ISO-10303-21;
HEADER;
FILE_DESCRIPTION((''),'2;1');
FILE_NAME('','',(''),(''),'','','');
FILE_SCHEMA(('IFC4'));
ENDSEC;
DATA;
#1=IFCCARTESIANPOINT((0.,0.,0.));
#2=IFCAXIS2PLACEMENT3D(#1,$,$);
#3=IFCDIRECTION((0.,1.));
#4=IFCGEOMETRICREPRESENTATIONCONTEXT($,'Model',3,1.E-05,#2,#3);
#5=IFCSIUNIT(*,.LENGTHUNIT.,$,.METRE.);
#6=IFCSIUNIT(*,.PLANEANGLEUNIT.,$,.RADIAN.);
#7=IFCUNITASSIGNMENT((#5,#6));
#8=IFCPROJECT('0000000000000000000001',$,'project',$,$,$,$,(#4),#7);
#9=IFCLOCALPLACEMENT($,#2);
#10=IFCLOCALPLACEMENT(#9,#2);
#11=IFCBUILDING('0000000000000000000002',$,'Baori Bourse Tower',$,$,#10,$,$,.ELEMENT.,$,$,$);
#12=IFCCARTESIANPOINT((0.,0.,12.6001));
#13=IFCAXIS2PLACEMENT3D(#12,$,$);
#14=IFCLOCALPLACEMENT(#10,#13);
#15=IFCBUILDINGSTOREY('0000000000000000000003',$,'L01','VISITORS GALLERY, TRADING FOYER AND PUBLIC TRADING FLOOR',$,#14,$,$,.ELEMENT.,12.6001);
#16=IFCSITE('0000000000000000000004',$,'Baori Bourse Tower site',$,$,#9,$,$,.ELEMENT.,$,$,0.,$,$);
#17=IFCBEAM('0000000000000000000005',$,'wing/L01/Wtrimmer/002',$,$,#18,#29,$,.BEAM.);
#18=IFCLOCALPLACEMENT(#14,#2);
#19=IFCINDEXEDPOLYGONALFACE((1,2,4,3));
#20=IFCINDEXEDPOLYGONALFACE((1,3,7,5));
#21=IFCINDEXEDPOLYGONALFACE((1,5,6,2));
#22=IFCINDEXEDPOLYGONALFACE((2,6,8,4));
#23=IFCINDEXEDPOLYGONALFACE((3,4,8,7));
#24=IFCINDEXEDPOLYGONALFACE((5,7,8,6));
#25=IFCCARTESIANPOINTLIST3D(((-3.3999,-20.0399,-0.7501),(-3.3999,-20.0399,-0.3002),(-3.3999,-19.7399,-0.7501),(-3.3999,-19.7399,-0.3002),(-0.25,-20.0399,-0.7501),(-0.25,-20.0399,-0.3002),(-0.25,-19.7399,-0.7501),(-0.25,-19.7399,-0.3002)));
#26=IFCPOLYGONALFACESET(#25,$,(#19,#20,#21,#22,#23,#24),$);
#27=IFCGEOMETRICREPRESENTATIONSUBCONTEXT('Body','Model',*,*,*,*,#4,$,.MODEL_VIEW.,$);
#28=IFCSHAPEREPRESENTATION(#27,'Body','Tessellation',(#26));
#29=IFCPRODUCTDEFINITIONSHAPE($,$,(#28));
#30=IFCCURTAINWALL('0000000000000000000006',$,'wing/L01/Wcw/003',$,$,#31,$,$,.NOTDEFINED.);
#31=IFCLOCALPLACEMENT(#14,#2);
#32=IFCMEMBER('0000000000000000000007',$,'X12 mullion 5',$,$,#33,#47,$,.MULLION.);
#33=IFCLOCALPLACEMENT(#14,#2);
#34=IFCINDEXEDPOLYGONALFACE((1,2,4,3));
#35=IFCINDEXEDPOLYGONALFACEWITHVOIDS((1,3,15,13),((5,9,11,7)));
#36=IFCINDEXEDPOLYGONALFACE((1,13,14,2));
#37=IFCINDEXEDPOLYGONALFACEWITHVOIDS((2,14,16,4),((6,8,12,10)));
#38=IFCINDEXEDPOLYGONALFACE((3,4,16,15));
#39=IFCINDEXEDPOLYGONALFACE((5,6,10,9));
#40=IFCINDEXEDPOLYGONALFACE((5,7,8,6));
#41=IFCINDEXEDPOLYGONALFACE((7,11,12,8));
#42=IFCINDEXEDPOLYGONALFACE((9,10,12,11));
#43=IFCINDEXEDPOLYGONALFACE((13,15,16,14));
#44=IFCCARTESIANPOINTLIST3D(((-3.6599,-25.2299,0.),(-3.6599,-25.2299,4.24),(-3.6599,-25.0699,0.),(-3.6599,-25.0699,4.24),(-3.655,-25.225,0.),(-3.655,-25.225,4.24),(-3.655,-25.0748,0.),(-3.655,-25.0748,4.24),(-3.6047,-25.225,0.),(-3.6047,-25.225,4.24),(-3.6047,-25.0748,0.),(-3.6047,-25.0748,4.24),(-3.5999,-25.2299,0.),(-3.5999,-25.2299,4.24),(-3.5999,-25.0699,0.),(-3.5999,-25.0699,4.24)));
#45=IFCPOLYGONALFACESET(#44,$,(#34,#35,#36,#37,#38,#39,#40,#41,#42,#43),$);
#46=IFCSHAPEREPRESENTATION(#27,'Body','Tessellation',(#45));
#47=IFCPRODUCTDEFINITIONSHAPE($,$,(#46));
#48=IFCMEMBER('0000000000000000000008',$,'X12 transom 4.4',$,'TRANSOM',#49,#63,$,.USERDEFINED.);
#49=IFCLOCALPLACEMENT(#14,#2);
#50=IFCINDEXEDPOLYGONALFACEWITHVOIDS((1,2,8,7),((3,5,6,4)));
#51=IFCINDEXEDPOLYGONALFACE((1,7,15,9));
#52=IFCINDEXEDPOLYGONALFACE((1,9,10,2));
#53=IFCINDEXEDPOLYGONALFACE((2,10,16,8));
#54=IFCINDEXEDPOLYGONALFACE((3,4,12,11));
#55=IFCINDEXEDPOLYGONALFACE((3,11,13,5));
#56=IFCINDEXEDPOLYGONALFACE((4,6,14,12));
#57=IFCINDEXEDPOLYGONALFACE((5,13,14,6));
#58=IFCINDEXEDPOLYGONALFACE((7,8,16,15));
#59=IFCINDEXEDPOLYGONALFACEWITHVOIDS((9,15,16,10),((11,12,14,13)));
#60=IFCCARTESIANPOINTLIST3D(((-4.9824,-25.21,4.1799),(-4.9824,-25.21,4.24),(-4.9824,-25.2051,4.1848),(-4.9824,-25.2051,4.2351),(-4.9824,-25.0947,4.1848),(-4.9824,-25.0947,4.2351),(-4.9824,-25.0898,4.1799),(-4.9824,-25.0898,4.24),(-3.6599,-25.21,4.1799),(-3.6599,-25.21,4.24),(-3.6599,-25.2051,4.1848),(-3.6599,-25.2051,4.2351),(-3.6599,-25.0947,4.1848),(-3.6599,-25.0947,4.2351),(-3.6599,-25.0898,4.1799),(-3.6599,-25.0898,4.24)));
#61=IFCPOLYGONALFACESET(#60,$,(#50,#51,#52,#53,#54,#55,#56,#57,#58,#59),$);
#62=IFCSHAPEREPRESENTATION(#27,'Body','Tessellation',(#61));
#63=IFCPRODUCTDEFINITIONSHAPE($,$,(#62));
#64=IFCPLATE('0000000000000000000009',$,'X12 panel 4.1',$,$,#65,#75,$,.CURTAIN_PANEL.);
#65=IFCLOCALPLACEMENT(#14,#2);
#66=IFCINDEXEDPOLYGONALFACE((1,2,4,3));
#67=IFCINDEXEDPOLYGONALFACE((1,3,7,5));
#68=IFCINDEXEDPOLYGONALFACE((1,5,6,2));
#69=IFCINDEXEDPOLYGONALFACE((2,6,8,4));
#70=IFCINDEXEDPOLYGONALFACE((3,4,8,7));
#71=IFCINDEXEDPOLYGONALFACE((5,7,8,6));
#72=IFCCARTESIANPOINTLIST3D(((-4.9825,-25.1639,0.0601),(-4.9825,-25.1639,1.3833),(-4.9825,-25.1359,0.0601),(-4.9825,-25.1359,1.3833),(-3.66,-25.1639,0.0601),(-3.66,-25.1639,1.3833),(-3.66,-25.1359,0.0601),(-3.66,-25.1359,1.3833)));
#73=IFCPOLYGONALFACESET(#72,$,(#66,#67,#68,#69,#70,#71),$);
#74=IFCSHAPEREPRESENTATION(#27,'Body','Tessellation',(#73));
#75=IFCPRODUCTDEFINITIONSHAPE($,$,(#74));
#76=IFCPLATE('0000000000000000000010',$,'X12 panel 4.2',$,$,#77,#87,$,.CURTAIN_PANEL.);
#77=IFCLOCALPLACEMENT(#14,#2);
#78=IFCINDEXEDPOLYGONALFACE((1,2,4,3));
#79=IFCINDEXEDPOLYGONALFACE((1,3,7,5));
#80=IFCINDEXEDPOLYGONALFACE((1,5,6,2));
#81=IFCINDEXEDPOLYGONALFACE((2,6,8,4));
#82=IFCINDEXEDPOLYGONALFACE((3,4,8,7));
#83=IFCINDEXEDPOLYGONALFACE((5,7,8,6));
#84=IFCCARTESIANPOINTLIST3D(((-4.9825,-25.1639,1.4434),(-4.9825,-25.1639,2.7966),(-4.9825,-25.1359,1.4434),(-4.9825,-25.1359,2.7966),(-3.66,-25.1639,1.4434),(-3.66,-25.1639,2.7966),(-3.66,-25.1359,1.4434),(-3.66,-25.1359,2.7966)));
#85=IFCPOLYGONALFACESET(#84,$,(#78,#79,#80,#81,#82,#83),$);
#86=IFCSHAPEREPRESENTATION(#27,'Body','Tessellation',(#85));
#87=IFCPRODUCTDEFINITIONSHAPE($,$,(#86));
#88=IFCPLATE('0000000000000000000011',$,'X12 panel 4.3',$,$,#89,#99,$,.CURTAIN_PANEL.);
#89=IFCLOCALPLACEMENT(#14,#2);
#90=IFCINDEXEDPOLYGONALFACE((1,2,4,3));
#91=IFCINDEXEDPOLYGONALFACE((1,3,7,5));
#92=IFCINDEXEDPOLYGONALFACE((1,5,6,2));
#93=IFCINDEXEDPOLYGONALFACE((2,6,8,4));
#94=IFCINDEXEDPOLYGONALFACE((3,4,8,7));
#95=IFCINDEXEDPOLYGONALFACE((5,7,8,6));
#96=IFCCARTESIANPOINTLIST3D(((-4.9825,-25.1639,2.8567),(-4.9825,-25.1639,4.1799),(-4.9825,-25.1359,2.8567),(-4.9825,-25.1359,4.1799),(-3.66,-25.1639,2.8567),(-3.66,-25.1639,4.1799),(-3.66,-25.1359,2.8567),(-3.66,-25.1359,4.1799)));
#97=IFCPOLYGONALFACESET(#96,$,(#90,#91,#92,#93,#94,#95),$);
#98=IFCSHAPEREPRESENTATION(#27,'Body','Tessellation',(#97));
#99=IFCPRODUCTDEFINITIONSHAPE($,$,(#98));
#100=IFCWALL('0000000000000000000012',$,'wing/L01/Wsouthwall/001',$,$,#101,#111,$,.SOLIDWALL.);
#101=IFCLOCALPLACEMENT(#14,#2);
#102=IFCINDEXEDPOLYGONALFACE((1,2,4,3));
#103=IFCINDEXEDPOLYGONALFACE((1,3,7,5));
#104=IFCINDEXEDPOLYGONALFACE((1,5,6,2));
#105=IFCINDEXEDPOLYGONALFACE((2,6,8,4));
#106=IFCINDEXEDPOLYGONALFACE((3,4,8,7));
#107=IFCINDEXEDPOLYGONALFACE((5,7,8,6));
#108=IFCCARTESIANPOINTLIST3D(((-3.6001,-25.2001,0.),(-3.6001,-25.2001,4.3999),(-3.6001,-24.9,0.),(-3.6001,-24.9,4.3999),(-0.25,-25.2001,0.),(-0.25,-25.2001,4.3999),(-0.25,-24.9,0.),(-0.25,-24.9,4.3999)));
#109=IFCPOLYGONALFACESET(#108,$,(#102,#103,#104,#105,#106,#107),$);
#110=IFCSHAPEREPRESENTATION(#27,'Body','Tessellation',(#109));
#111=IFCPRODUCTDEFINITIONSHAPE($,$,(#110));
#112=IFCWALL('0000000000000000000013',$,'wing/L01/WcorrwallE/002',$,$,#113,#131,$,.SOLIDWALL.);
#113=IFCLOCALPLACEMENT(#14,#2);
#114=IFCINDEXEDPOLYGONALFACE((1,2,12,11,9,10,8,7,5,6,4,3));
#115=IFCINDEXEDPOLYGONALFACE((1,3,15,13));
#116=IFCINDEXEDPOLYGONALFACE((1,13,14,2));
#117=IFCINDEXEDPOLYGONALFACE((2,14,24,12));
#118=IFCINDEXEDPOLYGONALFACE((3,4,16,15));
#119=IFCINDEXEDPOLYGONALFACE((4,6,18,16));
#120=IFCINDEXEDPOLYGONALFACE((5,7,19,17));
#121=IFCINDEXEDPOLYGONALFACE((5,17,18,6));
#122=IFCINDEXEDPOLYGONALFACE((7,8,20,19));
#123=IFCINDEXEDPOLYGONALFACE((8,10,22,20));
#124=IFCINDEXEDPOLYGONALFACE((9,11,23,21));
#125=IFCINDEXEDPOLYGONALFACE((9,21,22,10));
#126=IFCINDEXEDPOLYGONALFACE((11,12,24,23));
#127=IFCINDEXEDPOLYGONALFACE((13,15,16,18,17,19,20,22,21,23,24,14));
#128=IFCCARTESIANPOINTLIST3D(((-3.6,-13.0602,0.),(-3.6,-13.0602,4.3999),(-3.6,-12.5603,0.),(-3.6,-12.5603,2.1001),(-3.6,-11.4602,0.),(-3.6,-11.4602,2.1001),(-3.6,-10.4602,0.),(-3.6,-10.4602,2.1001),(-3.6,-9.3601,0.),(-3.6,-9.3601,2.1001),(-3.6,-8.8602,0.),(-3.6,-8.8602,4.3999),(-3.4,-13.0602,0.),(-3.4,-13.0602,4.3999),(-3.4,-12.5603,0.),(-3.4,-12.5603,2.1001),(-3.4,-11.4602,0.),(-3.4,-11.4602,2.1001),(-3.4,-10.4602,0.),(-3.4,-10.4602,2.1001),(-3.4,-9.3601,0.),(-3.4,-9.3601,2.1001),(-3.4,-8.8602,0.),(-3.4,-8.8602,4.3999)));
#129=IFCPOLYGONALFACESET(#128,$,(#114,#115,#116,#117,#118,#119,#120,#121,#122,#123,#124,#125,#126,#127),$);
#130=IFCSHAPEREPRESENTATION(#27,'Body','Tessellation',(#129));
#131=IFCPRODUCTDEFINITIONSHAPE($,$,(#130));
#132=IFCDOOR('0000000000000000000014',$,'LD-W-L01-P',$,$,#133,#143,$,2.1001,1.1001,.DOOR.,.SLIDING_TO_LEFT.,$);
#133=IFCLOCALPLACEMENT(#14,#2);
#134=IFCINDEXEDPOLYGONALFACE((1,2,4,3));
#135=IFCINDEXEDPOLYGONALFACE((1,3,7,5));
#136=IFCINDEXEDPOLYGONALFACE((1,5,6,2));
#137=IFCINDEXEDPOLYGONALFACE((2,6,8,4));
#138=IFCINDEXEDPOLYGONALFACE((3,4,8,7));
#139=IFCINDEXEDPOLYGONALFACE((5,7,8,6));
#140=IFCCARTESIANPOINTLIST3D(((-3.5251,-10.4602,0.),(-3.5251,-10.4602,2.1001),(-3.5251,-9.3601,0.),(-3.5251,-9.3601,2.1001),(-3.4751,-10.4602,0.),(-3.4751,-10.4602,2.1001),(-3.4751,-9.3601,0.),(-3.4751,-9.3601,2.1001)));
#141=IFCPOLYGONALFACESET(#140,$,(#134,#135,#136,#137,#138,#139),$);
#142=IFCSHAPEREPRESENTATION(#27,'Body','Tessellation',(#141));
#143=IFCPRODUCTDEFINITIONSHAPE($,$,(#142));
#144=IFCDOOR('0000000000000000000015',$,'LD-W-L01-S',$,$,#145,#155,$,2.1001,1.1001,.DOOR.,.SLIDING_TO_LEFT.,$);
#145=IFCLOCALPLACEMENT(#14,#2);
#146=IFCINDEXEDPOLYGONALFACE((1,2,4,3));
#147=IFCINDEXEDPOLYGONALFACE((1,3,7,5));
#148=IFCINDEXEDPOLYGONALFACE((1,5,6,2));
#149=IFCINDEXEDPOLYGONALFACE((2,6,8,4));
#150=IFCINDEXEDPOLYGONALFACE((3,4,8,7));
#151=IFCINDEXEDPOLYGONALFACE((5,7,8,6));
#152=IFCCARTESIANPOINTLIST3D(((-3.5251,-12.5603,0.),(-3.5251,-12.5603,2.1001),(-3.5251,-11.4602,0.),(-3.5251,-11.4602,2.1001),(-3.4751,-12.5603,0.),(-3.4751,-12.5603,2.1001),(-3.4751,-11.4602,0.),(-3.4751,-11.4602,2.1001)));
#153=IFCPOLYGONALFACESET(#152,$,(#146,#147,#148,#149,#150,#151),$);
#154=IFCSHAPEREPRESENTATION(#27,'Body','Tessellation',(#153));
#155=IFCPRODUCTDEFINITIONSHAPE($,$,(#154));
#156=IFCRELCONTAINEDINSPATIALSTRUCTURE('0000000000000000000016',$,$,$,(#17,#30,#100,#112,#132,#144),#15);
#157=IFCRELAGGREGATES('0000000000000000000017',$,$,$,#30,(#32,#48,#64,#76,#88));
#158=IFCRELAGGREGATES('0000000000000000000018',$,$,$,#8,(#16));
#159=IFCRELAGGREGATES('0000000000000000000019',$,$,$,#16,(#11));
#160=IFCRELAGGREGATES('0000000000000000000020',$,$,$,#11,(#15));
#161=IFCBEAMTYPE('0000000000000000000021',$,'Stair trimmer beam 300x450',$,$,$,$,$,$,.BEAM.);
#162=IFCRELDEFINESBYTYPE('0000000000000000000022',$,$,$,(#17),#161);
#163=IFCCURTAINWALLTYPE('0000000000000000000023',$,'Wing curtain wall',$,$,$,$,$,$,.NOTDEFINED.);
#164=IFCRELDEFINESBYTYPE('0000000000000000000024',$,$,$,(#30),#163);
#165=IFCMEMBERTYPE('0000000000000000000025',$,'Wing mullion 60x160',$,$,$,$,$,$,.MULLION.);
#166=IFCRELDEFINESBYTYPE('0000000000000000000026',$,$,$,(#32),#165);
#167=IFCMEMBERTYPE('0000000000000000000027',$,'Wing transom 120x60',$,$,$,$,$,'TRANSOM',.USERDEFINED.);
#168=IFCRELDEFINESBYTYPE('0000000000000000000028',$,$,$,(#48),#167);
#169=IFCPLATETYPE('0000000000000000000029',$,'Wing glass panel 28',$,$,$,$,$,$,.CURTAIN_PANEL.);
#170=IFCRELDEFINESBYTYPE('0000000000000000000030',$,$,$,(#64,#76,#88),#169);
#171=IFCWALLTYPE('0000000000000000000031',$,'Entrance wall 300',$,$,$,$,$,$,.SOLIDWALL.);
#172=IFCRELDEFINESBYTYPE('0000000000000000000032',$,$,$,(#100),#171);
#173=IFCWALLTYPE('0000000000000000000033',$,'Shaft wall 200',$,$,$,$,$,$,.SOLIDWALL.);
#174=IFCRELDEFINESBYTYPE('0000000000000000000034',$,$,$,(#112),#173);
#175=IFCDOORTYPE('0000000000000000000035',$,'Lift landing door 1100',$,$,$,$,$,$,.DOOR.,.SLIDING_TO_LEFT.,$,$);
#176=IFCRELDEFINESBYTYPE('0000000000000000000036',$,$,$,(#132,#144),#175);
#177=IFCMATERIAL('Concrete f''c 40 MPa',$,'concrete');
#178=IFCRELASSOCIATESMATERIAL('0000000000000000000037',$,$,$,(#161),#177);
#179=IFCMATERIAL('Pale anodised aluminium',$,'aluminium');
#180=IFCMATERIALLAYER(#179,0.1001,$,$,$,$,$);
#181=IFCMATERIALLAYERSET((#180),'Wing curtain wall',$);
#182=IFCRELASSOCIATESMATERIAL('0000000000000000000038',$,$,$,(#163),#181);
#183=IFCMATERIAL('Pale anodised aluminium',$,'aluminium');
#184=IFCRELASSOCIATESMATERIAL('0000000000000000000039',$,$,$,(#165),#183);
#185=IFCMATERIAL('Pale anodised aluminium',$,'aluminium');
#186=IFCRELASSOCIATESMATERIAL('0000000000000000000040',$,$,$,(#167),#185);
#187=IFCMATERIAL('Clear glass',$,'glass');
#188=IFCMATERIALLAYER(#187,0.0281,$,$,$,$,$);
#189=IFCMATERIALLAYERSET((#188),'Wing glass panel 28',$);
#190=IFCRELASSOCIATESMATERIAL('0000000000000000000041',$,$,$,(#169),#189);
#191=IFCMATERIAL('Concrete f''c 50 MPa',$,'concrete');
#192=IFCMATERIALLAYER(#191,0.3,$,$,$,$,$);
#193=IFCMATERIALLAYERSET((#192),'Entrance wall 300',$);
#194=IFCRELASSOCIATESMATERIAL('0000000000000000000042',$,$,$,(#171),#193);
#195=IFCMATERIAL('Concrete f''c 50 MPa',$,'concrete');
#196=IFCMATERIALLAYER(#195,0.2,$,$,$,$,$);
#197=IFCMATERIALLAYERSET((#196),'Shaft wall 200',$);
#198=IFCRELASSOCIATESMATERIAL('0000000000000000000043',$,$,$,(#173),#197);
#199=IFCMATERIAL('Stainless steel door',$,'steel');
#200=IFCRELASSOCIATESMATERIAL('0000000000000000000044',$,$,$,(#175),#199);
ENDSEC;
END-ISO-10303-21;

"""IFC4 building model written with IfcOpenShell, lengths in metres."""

from ifc_helpers import new_model, si_unit, direction, frame, frame_2d, origin, origin_2d, place, context, subcontext, project, spatial, rectangle, hollow_rectangle, extrude, material, layer, layer_set, material_profile, profile_set, type_object, element, fill, aggregate, save


model = new_model("IFC4")

# Units and contexts
model_context = context("Model", 3, precision=1e-05, world=origin(), true_north=direction((0.0, 1.0)))
body_context = subcontext(model_context, "Body", "Model", "MODEL_VIEW")
ifc_project = project(units=[si_unit("LENGTHUNIT", "METRE"), si_unit("PLANEANGLEUNIT", "RADIAN")], contexts=[model_context])

# Site, building, storey
site_placement = place(None, origin())
site = spatial("IfcSite", under=ifc_project, at=site_placement, Name="Baori Bourse Tower site", CompositionType="ELEMENT", RefElevation=0.0)
building_placement = place(site_placement, origin())
building = spatial("IfcBuilding", under=site, at=building_placement, Name="Baori Bourse Tower", CompositionType="ELEMENT")
storey_placement = place(building_placement, frame((0.0, 0.0, 12.6001)))
storey = spatial("IfcBuildingStorey", under=building, at=storey_placement, Name="L01", Description="VISITORS GALLERY, TRADING FOYER AND PUBLIC TRADING FLOOR", CompositionType="ELEMENT", Elevation=12.6001)

# Beam
ifc_material_1 = material(Name="Concrete f'c 40 MPa", Category="concrete")
ifc_material_profile_1 = material_profile(ifc_material_1, rectangle(XDim=0.3, YDim=0.45, at=origin_2d()), Name="Stair trimmer beam 300x450")
ifc_profile_set_1 = profile_set([ifc_material_profile_1], Name="Concrete f'c 40 MPa")
beam_type = type_object("IfcBeamType", Name="Stair trimmer beam 300x450", PredefinedType="BEAM", material=ifc_profile_set_1)
beam_placement = place(storey_placement, frame((-3.3999, -19.8899, -0.5251), z_axis=(1.0, 0.0, 0.0), x_axis=(0.0, 1.0, 0.0)))
element("IfcBeam", 1, at=beam_placement, inside=storey, type_object=beam_type, Name="wing/L01/Wtrimmer/002", PredefinedType="BEAM", context=body_context, shape_type="SweptSolid", body=[
    extrude(rectangle(XDim=0.3, YDim=0.45, at=origin_2d()), origin(), (0.0, 0.0, 1.0), 3.1499),
])

# Curtain wall, members, plates
ifc_material_2 = material(Name="Pale anodised aluminium", Category="aluminium")
ifc_layer_1 = layer(ifc_material_2, 0.1001)
ifc_layer_set_1 = layer_set([ifc_layer_1], Name="Wing curtain wall")
curtain_wall_type = type_object("IfcCurtainWallType", Name="Wing curtain wall", PredefinedType="NOTDEFINED", material=ifc_layer_set_1)
curtain_wall_placement = place(storey_placement, origin())
curtain_wall = element("IfcCurtainWall", 2, at=curtain_wall_placement, inside=storey, type_object=curtain_wall_type, Name="wing/L01/Wcw/003", PredefinedType="NOTDEFINED")
ifc_material_3 = material(Name="Pale anodised aluminium", Category="aluminium")
ifc_material_profile_2 = material_profile(ifc_material_3, hollow_rectangle(XDim=0.1599, YDim=0.0601, WallThickness=0.0049, at=origin_2d()), Name="Mullion 160x60x5")
ifc_profile_set_2 = profile_set([ifc_material_profile_2], Name="Pale anodised aluminium")
member_type_1 = type_object("IfcMemberType", Name="Wing mullion 60x160", PredefinedType="MULLION", material=ifc_profile_set_2)
member_1_placement = place(storey_placement, frame((-3.6299, -25.1499, 0.0), z_axis=(0.0, 0.0, 1.0), x_axis=(0.0, 1.0, 0.0)))
member_1 = element("IfcMember", 3, at=member_1_placement, type_object=member_type_1, Name="X12 mullion 5", PredefinedType="MULLION", context=body_context, shape_type="SweptSolid", body=[
    extrude(hollow_rectangle(XDim=0.1599, YDim=0.0601, WallThickness=0.0049, at=origin_2d()), origin(), (0.0, 0.0, 1.0), 4.24),
])
ifc_material_4 = material(Name="Pale anodised aluminium", Category="aluminium")
ifc_material_profile_3 = material_profile(ifc_material_4, hollow_rectangle(XDim=0.1201, YDim=0.0601, WallThickness=0.0049, at=origin_2d()), Name="Transom 120x60x5")
ifc_profile_set_3 = profile_set([ifc_material_profile_3], Name="Pale anodised aluminium")
member_type_2 = type_object("IfcMemberType", Name="Wing transom 120x60", ElementType="TRANSOM", PredefinedType="USERDEFINED", material=ifc_profile_set_3)
member_2_placement = place(storey_placement, frame((-4.9824, -25.1499, 4.21), z_axis=(1.0, 0.0, 0.0), x_axis=(0.0, 1.0, 0.0)))
member_2 = element("IfcMember", 4, at=member_2_placement, type_object=member_type_2, Name="X12 transom 4.4", ObjectType="TRANSOM", PredefinedType="USERDEFINED", context=body_context, shape_type="SweptSolid", body=[
    extrude(hollow_rectangle(XDim=0.1201, YDim=0.0601, WallThickness=0.0049, at=origin_2d()), origin(), (0.0, 0.0, 1.0), 1.3225),
])
ifc_material_5 = material(Name="Clear glass", Category="glass")
ifc_layer_2 = layer(ifc_material_5, 0.0281)
ifc_layer_set_2 = layer_set([ifc_layer_2], Name="Wing glass panel 28")
plate_type = type_object("IfcPlateType", Name="Wing glass panel 28", PredefinedType="CURTAIN_PANEL", material=ifc_layer_set_2)
plate_1_placement = place(storey_placement, frame((-4.3213, -25.1499, 0.0601), z_axis=(0.0, 0.0, 1.0), x_axis=(1.0, 0.0, 0.0)))
plate_1 = element("IfcPlate", 5, at=plate_1_placement, type_object=plate_type, Name="X12 panel 4.1", PredefinedType="CURTAIN_PANEL", context=body_context, shape_type="SweptSolid", body=[
    extrude(rectangle(XDim=1.3225, YDim=0.0281, at=origin_2d()), origin(), (0.0, 0.0, 1.0), 1.3232),
])
plate_2_placement = place(storey_placement, frame((-4.3213, -25.1499, 1.4434), z_axis=(0.0, 0.0, 1.0), x_axis=(1.0, 0.0, 0.0)))
plate_2 = element("IfcPlate", 6, at=plate_2_placement, type_object=plate_type, Name="X12 panel 4.2", PredefinedType="CURTAIN_PANEL", context=body_context, shape_type="SweptSolid", body=[
    extrude(rectangle(XDim=1.3225, YDim=0.0281, at=origin_2d()), origin(), (0.0, 0.0, 1.0), 1.3533),
])
plate_3_placement = place(storey_placement, frame((-4.3213, -25.1499, 2.8567), z_axis=(0.0, 0.0, 1.0), x_axis=(1.0, 0.0, 0.0)))
plate_3 = element("IfcPlate", 7, at=plate_3_placement, type_object=plate_type, Name="X12 panel 4.3", PredefinedType="CURTAIN_PANEL", context=body_context, shape_type="SweptSolid", body=[
    extrude(rectangle(XDim=1.3225, YDim=0.0281, at=origin_2d()), origin(), (0.0, 0.0, 1.0), 1.3232),
])
aggregate(curtain_wall, [member_1, member_2, plate_1, plate_2, plate_3])

# Wall
ifc_material_6 = material(Name="Concrete f'c 50 MPa", Category="concrete")
ifc_layer_3 = layer(ifc_material_6, 0.3)
ifc_layer_set_3 = layer_set([ifc_layer_3], Name="Entrance wall 300")
wall_type_1 = type_object("IfcWallType", Name="Entrance wall 300", PredefinedType="SOLIDWALL", material=ifc_layer_set_3)
wall_1_placement = place(storey_placement, frame((-3.6001, -25.05, 0.0), z_axis=(0.0, 0.0, 1.0), x_axis=(1.0, 0.0, 0.0)))
element("IfcWall", 8, at=wall_1_placement, inside=storey, type_object=wall_type_1, Name="wing/L01/Wsouthwall/001", PredefinedType="SOLIDWALL", context=body_context, shape_type="SweptSolid", body=[
    extrude(rectangle(XDim=3.3501, YDim=0.3, at=frame_2d((1.675, 0.0))), origin(), (0.0, 0.0, 1.0), 4.3999),
])

# Wall, openings, doors
ifc_material_7 = material(Name="Concrete f'c 50 MPa", Category="concrete")
ifc_layer_4 = layer(ifc_material_7, 0.2)
ifc_layer_set_4 = layer_set([ifc_layer_4], Name="Shaft wall 200")
wall_type_2 = type_object("IfcWallType", Name="Shaft wall 200", PredefinedType="SOLIDWALL", material=ifc_layer_set_4)
wall_2_placement = place(storey_placement, frame((-3.5, -8.8601, 0.0), z_axis=(0.0, 0.0, 1.0), x_axis=(0.0, -1.0, 0.0)))
wall_2 = element("IfcWall", 9, at=wall_2_placement, inside=storey, type_object=wall_type_2, Name="wing/L01/WcorrwallE/002", PredefinedType="SOLIDWALL", context=body_context, shape_type="SweptSolid", body=[
    extrude(rectangle(XDim=4.2, YDim=0.2, at=frame_2d((2.1001, 0.0))), origin(), (0.0, 0.0, 1.0), 4.3999),
])
opening_1_placement = place(wall_2_placement, frame((0.5, 0.0, 0.0)))
opening_1 = element("IfcOpeningElement", 10, at=opening_1_placement, cuts=wall_2, PredefinedType="OPENING", context=body_context, shape_type="SweptSolid", body=[
    extrude(rectangle(XDim=1.1001, YDim=2.1001, at=frame_2d((0.55, 1.05))), frame((0.0, 0.1099, 0.0), z_axis=(0.0, -1.0, 0.0), x_axis=(1.0, 0.0, 0.0)), (0.0, 0.0, 1.0), 0.22),
])
opening_2_placement = place(wall_2_placement, frame((2.6001, 0.0, 0.0)))
opening_2 = element("IfcOpeningElement", 11, at=opening_2_placement, cuts=wall_2, PredefinedType="OPENING", context=body_context, shape_type="SweptSolid", body=[
    extrude(rectangle(XDim=1.1001, YDim=2.1001, at=frame_2d((0.55, 1.05))), frame((0.0, 0.1099, 0.0), z_axis=(0.0, -1.0, 0.0), x_axis=(1.0, 0.0, 0.0)), (0.0, 0.0, 1.0), 0.22),
])
ifc_material_8 = material(Name="Stainless steel door", Category="steel")
door_type_1 = type_object("IfcDoorType", Name="Lift landing door 1100", OperationType="SLIDING_TO_LEFT", PredefinedType="DOOR", material=ifc_material_8)
door_1_placement = place(opening_1_placement, origin())
door_1 = element("IfcDoor", 12, at=door_1_placement, inside=storey, type_object=door_type_1, Name="LD-W-L01-P", OperationType="SLIDING_TO_LEFT", OverallHeight=2.1001, OverallWidth=1.1001, PredefinedType="DOOR", context=body_context, shape_type="SweptSolid", body=[
    extrude(rectangle(XDim=1.1001, YDim=2.1001, at=frame_2d((0.55, 1.05))), frame((0.0, 0.0249, 0.0), z_axis=(0.0, -1.0, 0.0), x_axis=(1.0, 0.0, 0.0)), (0.0, 0.0, 1.0), 0.05),
])
fill(opening_1, door_1)
door_2_placement = place(opening_2_placement, origin())
door_2 = element("IfcDoor", 13, at=door_2_placement, inside=storey, type_object=door_type_1, Name="LD-W-L01-S", OperationType="SLIDING_TO_LEFT", OverallHeight=2.1001, OverallWidth=1.1001, PredefinedType="DOOR", context=body_context, shape_type="SweptSolid", body=[
    extrude(rectangle(XDim=1.1001, YDim=2.1001, at=frame_2d((0.55, 1.05))), frame((0.0, 0.0249, 0.0), z_axis=(0.0, -1.0, 0.0), x_axis=(1.0, 0.0, 0.0)), (0.0, 0.0, 1.0), 0.05),
])
fill(opening_2, door_2)

save(model, "model.ifc")
